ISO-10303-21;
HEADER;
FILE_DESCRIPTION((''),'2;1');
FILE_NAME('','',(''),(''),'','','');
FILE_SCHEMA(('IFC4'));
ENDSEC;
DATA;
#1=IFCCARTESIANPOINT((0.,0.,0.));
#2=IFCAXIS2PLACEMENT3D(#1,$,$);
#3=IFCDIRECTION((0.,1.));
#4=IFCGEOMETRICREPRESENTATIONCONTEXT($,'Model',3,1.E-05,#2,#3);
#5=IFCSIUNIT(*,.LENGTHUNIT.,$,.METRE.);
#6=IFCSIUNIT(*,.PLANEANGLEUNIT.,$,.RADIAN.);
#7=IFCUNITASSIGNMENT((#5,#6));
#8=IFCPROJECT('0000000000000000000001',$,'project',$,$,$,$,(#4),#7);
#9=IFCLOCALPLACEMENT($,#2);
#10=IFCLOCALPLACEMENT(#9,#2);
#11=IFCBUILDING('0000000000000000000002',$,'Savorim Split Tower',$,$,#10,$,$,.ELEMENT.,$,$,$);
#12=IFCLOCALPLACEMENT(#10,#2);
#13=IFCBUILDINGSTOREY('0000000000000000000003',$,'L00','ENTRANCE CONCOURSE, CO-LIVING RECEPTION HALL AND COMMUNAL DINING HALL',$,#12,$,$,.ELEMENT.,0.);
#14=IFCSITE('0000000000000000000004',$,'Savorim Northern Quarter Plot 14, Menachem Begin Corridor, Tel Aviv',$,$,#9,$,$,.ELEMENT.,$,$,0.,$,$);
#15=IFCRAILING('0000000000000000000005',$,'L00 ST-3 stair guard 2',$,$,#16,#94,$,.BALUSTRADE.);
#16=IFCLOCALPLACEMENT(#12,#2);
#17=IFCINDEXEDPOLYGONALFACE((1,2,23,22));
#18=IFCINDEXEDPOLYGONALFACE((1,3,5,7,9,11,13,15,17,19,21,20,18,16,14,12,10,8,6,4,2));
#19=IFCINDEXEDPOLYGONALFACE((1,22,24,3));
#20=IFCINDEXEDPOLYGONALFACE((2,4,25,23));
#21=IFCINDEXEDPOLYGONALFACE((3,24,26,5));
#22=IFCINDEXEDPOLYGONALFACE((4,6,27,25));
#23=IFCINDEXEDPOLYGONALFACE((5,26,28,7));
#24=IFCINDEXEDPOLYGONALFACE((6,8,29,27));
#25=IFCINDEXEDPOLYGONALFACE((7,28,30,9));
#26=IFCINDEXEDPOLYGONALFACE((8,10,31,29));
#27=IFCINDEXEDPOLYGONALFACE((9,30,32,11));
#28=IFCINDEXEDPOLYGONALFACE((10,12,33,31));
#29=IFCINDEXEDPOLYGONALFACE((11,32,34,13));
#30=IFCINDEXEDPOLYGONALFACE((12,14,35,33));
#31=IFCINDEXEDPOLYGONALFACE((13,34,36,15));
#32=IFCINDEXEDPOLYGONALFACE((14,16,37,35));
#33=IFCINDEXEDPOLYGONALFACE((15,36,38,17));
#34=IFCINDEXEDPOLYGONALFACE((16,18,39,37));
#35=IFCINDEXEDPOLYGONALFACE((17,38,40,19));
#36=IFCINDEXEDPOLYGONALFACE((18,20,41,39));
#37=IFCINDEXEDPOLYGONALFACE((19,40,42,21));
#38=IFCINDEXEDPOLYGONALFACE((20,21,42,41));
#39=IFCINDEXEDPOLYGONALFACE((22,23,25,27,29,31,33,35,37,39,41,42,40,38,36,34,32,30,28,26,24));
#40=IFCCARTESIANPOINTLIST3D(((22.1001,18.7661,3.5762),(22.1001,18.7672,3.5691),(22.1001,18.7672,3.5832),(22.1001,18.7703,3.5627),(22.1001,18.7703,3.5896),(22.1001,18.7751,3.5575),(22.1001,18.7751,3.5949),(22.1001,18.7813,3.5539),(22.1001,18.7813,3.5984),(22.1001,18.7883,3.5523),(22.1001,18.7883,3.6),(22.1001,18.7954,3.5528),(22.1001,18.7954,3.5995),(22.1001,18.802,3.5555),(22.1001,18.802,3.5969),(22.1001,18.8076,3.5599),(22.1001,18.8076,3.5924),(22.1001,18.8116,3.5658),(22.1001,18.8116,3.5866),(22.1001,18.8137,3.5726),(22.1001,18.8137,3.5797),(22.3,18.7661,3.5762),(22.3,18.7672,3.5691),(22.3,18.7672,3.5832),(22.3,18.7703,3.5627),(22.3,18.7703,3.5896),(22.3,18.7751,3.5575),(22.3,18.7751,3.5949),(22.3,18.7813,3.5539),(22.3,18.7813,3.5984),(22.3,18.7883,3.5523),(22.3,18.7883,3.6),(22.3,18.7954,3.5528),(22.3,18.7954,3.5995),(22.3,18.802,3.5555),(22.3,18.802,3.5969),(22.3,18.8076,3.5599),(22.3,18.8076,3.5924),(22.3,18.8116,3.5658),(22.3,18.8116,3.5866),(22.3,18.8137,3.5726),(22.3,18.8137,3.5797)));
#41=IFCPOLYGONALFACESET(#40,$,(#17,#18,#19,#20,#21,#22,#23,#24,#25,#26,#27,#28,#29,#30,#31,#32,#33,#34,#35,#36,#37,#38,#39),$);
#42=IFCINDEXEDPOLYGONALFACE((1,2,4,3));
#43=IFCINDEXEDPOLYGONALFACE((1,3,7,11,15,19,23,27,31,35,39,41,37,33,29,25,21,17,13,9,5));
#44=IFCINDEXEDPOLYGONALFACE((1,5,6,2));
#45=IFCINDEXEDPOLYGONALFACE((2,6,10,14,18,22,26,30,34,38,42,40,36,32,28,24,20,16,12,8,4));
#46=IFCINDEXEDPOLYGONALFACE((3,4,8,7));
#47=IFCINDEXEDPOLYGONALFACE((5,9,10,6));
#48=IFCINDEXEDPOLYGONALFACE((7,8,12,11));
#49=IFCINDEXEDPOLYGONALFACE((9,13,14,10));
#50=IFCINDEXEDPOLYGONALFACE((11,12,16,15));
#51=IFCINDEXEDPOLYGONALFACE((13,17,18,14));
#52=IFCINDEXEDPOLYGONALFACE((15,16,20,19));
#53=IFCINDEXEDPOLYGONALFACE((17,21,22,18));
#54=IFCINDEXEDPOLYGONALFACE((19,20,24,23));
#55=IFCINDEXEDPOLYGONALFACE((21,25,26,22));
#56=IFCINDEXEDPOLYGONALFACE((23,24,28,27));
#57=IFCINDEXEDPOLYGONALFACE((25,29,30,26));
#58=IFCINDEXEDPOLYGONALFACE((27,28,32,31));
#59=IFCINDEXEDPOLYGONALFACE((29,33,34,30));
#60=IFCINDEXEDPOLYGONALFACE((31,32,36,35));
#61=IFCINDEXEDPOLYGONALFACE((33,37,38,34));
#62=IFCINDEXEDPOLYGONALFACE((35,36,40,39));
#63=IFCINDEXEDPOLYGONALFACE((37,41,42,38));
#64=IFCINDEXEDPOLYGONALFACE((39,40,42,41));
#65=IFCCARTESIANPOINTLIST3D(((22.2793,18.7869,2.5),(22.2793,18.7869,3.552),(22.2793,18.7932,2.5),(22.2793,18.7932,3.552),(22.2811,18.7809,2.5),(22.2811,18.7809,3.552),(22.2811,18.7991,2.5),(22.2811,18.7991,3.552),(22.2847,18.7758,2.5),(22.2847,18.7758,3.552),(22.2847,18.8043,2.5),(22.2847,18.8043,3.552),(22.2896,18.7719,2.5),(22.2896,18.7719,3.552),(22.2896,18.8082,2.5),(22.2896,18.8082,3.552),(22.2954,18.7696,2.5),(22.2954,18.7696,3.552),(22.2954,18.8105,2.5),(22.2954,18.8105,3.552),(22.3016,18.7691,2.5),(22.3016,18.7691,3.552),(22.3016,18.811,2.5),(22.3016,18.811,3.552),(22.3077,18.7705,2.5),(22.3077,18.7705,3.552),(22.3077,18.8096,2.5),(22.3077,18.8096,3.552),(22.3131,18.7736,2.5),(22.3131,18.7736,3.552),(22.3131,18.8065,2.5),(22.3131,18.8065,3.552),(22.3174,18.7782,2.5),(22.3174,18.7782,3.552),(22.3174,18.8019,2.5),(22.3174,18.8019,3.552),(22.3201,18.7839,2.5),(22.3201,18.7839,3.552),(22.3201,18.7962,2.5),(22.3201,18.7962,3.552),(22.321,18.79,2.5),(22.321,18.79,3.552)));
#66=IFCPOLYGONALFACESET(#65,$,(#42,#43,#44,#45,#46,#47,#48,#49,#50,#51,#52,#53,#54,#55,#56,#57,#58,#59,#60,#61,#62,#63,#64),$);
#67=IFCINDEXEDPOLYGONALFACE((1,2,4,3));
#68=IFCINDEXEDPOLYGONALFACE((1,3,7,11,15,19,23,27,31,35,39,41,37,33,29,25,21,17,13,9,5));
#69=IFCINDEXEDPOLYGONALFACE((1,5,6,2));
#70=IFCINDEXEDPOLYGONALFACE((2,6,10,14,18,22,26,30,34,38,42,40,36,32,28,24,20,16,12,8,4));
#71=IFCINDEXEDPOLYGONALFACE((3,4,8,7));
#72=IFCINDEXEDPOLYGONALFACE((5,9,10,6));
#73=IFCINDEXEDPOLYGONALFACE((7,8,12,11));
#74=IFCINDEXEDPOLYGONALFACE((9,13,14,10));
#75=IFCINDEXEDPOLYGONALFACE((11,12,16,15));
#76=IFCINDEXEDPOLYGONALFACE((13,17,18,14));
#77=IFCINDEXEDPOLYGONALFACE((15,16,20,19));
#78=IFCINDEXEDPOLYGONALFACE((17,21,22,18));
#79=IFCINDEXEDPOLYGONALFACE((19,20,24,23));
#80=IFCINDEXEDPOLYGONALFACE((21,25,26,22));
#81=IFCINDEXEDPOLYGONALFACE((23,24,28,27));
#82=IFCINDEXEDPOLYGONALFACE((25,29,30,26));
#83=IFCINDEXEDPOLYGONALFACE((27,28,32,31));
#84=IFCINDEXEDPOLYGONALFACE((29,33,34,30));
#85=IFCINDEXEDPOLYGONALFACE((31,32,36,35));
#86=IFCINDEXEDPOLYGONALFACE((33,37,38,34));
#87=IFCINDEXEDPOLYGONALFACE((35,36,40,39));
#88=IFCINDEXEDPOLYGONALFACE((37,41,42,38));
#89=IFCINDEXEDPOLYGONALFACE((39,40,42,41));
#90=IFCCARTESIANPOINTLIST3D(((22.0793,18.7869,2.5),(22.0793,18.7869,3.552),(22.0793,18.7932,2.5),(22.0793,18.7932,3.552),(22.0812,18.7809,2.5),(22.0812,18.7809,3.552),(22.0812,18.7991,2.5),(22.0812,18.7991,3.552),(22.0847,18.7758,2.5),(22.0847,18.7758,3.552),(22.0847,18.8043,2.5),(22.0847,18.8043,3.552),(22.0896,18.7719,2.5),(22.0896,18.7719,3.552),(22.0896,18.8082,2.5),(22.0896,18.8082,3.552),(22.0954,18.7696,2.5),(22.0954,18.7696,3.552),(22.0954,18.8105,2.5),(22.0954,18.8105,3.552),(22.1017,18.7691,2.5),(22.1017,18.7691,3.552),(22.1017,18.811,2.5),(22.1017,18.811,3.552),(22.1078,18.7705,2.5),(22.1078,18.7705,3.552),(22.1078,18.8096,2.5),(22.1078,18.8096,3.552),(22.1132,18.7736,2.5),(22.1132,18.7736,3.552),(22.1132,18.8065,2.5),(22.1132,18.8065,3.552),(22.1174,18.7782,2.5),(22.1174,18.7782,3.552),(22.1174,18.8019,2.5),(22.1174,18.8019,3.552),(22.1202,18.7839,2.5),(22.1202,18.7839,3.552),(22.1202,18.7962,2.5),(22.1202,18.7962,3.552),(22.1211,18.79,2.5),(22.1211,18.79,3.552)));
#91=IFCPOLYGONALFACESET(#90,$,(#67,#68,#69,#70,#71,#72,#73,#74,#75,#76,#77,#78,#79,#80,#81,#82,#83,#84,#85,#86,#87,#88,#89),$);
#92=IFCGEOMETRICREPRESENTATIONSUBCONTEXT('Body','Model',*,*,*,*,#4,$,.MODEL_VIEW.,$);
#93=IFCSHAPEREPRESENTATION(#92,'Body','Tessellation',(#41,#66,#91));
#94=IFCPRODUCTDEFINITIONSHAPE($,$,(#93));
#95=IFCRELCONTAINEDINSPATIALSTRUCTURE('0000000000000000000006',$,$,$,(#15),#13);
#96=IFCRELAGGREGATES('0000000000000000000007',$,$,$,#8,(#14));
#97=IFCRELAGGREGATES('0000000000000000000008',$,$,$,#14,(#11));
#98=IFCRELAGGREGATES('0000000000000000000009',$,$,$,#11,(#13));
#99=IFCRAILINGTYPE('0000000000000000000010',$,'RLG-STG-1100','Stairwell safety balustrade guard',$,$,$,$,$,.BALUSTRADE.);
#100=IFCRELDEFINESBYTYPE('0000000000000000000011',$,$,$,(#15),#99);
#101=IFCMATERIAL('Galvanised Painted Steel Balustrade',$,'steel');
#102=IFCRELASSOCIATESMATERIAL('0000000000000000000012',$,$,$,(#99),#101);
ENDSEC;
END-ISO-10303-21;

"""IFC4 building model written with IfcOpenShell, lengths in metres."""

from ifc_helpers import new_model, si_unit, direction, frame, origin, origin_2d, place, context, subcontext, project, spatial, circle, extrude, material, type_object, element, save


model = new_model("IFC4")

# Units and contexts
model_context = context("Model", 3, precision=1e-05, world=origin(), true_north=direction((0.0, 1.0)))
body_context = subcontext(model_context, "Body", "Model", "MODEL_VIEW")
ifc_project = project(units=[si_unit("LENGTHUNIT", "METRE"), si_unit("PLANEANGLEUNIT", "RADIAN")], contexts=[model_context])

# Site, building, storey
site_placement = place(None, origin())
site = spatial("IfcSite", under=ifc_project, at=site_placement, Name="Savorim Northern Quarter Plot 14, Menachem Begin Corridor, Tel Aviv", CompositionType="ELEMENT", RefElevation=0.0)
building_placement = place(site_placement, origin())
building = spatial("IfcBuilding", under=site, at=building_placement, Name="Savorim Split Tower", CompositionType="ELEMENT")
storey_placement = place(building_placement, origin())
storey = spatial("IfcBuildingStorey", under=building, at=storey_placement, Name="L00", Description="ENTRANCE CONCOURSE, CO-LIVING RECEPTION HALL AND COMMUNAL DINING HALL", CompositionType="ELEMENT", Elevation=0.0)

# Railing
ifc_material_1 = material(Name="Galvanised Painted Steel Balustrade", Category="steel")
railing_type_1 = type_object("IfcRailingType", Name="RLG-STG-1100", Description="Stairwell safety balustrade guard", PredefinedType="BALUSTRADE", material=ifc_material_1)
railing_1_placement = place(storey_placement, frame((22.3, 18.79, 2.5)))
element("IfcRailing", 1, at=railing_1_placement, inside=storey, type_object=railing_type_1, Name="L00 ST-3 stair guard 2", PredefinedType="BALUSTRADE", context=body_context, shape_type="SweptSolid", body=[
    extrude(circle(Radius=0.0239, at=origin_2d()), frame((0.0, 0.0, 1.0762), z_axis=(-1.0, 0.0, 0.0), x_axis=(0.0, -1.0, 0.0)), (0.0, 0.0, 1.0), 0.2),
    extrude(circle(Radius=0.021, at=origin_2d()), origin(), (0.0, 0.0, 1.0), 1.052),
    extrude(circle(Radius=0.021, at=origin_2d()), frame((-0.2, 0.0, 0.0)), (0.0, 0.0, 1.0), 1.052),
])

save(model, "model.ifc")
